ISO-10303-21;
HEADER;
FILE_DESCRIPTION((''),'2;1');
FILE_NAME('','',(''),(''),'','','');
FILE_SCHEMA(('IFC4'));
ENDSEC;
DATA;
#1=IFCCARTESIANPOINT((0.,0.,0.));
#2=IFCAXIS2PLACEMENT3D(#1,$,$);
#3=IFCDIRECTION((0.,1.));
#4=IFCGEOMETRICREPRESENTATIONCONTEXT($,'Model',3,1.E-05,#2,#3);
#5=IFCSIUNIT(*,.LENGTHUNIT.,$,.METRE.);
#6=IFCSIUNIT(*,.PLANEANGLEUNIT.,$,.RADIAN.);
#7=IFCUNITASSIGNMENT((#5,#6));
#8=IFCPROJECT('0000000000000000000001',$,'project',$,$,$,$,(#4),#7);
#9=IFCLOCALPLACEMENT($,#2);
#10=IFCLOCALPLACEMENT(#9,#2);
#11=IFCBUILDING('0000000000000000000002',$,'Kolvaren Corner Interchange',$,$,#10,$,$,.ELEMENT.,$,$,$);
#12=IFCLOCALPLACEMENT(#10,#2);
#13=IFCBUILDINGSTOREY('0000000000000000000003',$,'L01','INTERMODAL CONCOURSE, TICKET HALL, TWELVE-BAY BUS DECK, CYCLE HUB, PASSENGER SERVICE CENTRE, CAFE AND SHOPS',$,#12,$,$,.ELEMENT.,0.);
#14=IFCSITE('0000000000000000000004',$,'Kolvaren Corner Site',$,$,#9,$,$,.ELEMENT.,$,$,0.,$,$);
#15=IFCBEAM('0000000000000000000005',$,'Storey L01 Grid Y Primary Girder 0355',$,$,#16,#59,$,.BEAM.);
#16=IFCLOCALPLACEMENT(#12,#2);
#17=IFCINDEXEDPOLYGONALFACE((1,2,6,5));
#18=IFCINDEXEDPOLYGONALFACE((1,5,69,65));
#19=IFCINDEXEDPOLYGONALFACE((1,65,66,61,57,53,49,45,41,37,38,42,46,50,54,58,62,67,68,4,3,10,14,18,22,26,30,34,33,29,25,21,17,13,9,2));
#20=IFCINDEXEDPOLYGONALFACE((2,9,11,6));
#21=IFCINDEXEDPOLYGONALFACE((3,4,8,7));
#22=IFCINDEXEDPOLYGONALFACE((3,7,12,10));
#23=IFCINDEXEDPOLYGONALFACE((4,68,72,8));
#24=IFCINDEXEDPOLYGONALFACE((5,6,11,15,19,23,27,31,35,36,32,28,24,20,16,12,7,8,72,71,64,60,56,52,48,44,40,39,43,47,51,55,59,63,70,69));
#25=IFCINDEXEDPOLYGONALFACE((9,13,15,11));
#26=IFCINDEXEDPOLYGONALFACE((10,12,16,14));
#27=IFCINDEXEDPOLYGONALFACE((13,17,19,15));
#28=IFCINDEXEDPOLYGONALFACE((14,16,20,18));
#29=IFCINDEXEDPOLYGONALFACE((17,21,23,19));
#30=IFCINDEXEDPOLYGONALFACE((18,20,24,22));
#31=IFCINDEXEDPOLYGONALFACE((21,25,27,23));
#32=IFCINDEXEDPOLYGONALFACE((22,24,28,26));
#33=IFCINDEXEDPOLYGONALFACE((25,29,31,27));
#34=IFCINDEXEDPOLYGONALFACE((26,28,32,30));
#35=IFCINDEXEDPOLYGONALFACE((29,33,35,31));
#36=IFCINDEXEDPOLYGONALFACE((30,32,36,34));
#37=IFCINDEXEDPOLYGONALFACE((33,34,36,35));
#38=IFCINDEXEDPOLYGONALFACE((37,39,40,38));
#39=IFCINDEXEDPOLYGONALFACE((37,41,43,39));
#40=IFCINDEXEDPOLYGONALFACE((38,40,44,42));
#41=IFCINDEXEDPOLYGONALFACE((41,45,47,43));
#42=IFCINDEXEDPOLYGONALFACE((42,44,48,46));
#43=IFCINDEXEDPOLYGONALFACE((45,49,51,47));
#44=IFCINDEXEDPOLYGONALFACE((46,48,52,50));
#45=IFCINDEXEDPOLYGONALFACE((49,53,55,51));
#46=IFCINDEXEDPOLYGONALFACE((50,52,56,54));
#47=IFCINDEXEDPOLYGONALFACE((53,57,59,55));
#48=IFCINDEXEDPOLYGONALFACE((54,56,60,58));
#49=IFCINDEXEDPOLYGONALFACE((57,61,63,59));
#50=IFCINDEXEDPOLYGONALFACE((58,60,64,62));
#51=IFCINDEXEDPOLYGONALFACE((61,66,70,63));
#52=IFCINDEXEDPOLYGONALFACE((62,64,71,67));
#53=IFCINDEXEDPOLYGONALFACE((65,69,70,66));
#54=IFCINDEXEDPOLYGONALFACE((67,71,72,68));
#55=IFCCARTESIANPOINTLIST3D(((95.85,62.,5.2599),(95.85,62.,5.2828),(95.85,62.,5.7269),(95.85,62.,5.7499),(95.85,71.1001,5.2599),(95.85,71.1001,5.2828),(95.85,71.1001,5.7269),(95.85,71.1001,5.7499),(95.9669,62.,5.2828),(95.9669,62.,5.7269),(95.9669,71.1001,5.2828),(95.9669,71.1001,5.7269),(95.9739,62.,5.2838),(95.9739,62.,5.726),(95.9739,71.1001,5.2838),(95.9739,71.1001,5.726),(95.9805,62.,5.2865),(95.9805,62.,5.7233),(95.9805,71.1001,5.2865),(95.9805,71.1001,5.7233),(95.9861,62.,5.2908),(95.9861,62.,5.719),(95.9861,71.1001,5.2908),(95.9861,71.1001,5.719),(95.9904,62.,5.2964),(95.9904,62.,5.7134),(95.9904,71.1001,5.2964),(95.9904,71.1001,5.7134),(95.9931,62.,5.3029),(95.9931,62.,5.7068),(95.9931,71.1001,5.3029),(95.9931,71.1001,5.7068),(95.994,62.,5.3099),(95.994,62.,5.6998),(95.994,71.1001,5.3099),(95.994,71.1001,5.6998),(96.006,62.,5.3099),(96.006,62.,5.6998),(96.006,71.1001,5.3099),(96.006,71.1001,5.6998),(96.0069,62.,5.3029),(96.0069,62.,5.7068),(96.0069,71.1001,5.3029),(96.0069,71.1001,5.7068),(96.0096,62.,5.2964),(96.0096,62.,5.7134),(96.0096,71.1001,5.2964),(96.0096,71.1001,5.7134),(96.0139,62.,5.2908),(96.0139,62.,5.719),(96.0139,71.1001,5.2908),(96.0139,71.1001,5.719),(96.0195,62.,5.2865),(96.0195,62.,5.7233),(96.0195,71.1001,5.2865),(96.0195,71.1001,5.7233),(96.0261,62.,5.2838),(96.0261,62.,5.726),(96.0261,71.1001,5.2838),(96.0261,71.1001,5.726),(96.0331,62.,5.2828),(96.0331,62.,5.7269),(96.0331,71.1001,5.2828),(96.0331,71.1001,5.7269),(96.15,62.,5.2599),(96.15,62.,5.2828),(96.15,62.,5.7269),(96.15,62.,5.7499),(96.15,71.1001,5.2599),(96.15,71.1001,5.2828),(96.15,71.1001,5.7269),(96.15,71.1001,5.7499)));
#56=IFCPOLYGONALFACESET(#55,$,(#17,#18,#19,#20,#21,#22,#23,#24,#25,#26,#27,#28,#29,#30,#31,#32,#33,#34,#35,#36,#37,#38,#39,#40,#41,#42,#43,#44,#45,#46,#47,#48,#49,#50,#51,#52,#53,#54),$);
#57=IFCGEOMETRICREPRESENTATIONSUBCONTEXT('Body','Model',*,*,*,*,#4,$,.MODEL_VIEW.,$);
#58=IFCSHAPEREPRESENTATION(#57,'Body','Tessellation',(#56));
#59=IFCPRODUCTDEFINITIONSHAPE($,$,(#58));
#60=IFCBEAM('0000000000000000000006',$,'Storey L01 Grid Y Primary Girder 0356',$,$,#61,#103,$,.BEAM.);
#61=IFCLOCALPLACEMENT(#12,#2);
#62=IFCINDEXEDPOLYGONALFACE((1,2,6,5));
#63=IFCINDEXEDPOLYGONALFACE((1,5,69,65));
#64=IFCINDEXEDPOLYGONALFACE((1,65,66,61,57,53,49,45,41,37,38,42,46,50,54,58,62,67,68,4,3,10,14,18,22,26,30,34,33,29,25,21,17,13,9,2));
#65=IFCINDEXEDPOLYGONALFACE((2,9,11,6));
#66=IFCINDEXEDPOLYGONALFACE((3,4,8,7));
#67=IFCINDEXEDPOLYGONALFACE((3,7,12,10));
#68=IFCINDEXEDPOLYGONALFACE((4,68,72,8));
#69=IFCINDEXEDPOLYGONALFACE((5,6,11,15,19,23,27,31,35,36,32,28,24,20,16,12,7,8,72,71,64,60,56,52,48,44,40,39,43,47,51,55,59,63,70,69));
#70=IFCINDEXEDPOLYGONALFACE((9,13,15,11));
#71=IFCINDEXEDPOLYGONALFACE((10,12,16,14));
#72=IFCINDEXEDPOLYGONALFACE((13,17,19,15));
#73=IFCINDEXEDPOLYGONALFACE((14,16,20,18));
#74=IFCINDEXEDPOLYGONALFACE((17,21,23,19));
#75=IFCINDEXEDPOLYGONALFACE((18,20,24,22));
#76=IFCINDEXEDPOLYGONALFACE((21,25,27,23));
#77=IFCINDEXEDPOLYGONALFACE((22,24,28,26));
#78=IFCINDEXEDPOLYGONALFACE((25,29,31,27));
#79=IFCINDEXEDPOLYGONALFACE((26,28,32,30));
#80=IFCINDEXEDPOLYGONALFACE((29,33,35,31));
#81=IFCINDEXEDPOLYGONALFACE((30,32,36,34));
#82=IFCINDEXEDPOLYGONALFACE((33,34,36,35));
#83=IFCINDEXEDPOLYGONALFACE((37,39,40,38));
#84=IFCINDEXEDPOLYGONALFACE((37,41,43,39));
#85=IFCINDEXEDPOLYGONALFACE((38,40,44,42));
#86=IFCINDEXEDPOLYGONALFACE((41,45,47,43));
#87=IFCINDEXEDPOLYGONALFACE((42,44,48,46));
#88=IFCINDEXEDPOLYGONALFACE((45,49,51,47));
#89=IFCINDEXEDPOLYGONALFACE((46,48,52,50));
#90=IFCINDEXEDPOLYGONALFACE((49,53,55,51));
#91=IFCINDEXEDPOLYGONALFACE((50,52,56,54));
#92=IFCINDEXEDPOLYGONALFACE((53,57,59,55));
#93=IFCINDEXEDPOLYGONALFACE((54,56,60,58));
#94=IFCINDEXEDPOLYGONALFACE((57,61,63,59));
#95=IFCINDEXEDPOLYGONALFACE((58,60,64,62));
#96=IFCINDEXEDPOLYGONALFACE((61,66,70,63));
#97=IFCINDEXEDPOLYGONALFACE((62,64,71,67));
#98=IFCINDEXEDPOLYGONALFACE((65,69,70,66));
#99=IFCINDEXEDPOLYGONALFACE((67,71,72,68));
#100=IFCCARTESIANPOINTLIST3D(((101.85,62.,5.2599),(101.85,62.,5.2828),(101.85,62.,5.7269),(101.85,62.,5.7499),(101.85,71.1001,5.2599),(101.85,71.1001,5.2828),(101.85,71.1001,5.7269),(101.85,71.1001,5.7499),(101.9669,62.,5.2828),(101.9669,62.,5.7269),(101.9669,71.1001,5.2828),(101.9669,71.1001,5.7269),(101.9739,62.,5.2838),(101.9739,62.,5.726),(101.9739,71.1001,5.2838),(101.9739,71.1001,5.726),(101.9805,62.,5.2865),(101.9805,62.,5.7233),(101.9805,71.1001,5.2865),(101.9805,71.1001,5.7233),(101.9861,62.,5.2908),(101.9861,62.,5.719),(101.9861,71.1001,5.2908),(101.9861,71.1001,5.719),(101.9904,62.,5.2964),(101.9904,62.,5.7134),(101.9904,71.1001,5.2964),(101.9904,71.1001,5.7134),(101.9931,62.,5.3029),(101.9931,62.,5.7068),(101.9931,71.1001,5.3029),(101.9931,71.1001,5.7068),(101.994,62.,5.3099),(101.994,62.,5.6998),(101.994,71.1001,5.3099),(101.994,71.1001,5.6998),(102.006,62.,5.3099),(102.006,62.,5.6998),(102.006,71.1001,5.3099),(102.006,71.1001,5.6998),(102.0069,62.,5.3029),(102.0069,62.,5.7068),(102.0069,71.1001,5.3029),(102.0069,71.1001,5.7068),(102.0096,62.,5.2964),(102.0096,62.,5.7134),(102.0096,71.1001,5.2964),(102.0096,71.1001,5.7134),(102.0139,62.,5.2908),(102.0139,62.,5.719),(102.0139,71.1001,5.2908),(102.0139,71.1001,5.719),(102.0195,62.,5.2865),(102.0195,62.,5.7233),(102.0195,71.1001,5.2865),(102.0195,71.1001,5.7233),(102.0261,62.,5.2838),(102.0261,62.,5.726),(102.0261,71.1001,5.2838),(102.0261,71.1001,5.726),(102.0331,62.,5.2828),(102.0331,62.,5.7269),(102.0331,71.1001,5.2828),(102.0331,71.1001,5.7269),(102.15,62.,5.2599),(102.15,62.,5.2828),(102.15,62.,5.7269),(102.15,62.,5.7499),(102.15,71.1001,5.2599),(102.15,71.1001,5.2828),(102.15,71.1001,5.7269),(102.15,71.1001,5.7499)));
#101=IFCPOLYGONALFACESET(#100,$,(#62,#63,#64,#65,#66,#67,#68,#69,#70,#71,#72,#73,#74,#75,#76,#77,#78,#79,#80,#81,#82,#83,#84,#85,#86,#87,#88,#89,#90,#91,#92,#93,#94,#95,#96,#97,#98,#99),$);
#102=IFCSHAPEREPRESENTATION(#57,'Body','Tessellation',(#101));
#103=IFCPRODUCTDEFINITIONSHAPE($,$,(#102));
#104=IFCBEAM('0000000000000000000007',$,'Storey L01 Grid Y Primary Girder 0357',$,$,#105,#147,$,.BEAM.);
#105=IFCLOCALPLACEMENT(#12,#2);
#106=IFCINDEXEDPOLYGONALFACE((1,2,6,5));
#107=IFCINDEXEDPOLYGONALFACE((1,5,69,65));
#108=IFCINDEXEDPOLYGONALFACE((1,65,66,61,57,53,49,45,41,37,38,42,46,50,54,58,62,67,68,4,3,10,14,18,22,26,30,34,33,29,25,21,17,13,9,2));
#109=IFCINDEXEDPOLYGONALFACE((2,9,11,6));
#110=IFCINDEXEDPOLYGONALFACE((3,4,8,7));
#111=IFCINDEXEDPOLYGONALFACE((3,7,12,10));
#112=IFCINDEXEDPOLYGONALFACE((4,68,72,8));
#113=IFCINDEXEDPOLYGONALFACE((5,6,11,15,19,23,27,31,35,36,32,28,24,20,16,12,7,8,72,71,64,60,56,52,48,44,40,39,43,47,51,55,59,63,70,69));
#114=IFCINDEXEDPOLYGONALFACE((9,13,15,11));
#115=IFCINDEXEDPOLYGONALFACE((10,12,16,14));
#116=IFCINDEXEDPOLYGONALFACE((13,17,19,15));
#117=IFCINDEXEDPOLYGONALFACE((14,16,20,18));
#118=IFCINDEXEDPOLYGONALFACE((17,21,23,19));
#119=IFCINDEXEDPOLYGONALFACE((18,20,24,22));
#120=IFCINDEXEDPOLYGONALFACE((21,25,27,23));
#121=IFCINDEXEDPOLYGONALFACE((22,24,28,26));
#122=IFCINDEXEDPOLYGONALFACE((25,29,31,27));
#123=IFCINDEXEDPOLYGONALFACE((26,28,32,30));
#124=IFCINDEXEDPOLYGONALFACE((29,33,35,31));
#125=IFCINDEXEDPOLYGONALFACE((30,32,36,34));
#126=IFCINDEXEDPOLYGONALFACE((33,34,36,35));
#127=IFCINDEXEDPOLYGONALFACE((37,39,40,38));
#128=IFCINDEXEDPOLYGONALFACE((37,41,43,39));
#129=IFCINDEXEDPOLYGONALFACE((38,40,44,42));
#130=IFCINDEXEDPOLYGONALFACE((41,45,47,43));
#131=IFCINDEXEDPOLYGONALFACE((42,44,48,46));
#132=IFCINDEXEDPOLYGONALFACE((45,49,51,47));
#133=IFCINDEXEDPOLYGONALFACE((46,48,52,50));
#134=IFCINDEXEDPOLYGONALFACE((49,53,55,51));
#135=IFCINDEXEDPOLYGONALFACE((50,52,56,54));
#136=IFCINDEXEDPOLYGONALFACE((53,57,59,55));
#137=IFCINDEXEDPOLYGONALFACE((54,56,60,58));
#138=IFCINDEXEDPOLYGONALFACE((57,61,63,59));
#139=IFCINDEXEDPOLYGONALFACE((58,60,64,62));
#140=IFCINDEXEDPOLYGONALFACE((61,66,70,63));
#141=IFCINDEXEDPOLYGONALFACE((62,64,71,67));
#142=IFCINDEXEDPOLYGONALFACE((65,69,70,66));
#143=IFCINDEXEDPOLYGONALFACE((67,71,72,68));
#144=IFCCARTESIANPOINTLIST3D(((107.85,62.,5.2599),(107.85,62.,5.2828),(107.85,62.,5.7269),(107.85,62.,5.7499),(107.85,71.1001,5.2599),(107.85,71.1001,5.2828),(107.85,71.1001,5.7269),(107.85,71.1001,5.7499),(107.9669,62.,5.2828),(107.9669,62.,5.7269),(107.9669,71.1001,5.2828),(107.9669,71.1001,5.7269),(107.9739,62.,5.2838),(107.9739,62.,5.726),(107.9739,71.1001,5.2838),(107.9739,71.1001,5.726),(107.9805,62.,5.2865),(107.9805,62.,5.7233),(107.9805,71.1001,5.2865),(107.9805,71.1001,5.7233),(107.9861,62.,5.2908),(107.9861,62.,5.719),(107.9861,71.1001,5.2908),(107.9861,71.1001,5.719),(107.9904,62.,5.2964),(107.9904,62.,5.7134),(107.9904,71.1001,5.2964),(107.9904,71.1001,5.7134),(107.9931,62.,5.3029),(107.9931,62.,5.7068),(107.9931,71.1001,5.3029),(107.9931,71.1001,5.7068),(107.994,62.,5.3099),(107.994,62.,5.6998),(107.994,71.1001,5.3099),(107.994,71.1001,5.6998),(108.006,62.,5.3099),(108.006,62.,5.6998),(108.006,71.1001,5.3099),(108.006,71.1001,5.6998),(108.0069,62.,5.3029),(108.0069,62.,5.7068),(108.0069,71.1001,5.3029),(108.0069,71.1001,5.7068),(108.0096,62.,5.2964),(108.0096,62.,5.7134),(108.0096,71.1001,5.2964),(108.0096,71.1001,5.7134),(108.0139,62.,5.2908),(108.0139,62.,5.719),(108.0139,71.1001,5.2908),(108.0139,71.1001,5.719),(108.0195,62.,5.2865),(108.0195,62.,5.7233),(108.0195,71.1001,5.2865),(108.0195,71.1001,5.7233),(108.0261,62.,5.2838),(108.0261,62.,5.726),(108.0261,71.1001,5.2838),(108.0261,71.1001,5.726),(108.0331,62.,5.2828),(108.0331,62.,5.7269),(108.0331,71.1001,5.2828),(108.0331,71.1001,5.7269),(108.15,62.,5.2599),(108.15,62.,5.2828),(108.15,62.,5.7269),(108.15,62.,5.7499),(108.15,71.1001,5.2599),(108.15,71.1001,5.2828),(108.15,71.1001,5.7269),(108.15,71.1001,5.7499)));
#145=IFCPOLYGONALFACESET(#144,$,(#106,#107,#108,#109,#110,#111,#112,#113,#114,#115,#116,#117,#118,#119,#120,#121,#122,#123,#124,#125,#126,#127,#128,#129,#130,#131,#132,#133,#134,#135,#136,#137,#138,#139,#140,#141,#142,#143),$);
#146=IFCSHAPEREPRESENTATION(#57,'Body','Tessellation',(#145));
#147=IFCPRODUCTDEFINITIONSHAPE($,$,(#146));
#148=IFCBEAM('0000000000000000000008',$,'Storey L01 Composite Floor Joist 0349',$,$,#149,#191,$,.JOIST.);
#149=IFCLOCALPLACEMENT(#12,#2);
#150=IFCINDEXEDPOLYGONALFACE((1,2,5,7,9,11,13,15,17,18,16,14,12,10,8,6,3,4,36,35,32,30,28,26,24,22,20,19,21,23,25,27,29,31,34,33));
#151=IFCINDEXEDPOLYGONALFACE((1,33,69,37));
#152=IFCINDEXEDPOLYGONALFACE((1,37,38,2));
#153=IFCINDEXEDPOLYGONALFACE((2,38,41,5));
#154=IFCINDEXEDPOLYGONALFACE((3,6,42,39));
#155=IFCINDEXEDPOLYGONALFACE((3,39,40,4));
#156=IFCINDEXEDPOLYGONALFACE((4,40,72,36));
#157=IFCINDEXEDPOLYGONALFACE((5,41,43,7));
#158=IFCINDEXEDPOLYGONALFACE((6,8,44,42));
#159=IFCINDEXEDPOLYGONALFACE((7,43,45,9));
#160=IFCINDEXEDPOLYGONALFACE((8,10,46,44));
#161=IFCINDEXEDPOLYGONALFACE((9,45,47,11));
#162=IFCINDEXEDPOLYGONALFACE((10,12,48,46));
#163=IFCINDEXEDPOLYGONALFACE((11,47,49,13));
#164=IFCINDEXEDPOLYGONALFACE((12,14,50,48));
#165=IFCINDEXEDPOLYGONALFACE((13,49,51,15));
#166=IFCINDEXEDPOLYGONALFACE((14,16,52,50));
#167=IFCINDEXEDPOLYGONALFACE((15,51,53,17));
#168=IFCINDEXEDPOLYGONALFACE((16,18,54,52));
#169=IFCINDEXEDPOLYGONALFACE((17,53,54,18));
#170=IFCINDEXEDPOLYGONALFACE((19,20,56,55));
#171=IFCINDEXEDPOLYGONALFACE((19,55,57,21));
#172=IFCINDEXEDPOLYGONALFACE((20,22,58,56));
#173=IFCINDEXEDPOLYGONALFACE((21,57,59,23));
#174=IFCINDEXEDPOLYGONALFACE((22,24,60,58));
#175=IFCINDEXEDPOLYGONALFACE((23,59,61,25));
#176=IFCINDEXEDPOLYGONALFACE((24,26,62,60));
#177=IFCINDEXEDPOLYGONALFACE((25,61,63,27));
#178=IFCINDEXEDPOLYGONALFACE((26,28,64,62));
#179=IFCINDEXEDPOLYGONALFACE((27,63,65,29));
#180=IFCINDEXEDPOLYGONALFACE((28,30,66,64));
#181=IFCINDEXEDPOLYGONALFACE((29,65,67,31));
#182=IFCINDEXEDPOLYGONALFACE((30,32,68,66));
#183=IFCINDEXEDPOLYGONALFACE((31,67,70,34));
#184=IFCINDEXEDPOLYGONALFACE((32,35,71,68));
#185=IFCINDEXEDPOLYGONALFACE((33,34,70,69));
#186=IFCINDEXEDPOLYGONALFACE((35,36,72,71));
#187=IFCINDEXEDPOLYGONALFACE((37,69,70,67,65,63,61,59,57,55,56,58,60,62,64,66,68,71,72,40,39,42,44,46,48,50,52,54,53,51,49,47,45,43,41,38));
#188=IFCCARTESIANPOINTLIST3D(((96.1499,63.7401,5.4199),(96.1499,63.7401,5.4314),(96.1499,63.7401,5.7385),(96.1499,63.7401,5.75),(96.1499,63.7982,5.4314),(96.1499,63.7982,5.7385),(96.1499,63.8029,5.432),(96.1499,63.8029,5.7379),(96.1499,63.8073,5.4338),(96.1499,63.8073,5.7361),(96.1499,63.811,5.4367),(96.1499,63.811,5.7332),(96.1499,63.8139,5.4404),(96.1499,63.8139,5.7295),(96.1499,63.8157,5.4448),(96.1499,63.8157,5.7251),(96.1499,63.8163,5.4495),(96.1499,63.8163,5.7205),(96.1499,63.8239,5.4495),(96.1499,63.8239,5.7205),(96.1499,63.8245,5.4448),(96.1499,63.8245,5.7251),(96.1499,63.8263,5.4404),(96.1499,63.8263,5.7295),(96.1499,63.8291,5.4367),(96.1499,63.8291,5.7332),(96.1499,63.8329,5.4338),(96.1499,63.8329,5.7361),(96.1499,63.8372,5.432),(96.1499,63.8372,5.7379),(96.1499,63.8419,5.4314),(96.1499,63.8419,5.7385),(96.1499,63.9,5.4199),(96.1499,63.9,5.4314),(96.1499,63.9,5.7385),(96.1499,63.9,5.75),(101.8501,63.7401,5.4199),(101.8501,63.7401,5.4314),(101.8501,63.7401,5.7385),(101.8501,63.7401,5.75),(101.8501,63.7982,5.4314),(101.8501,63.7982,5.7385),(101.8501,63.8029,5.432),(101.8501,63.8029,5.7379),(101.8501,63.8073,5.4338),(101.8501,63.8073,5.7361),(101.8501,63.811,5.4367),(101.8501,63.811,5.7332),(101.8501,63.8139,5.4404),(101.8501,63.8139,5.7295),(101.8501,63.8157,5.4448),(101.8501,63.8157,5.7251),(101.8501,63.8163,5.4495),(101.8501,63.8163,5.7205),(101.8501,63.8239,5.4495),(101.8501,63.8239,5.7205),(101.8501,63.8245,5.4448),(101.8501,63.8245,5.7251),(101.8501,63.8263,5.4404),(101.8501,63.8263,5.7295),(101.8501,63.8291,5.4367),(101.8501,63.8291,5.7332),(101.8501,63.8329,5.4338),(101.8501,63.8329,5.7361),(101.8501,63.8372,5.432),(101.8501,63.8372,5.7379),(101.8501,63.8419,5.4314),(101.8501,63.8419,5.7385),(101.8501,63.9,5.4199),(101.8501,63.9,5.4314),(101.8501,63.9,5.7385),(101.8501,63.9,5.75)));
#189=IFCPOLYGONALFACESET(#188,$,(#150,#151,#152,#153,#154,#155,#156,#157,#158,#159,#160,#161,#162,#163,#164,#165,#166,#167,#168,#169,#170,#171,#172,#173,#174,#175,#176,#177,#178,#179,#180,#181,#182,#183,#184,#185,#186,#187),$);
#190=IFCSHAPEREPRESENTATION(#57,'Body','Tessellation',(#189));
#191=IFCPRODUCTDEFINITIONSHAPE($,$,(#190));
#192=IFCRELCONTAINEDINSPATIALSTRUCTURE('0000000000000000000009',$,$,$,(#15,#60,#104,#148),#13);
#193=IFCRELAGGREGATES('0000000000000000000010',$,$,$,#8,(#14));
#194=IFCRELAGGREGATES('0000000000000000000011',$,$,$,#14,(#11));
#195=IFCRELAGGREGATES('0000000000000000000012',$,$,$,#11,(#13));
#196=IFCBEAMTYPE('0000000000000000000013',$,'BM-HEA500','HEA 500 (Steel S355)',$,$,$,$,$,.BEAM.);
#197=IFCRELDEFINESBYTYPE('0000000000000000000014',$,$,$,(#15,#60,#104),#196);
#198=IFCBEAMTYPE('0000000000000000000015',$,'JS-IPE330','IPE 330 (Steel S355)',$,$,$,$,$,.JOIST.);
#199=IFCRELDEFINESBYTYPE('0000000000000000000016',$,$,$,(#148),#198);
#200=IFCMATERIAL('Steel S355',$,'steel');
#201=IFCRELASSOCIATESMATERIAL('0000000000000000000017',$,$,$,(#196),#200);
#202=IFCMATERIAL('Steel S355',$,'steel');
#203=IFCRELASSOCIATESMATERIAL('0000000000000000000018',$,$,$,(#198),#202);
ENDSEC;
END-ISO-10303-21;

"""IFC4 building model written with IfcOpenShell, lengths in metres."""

from ifc_helpers import new_model, si_unit, direction, frame, origin, origin_2d, place, context, subcontext, project, spatial, i_section, extrude, material, material_profile, profile_set, type_object, element, save


model = new_model("IFC4")

# Units and contexts
model_context = context("Model", 3, precision=1e-05, world=origin(), true_north=direction((0.0, 1.0)))
body_context = subcontext(model_context, "Body", "Model", "MODEL_VIEW")
ifc_project = project(units=[si_unit("LENGTHUNIT", "METRE"), si_unit("PLANEANGLEUNIT", "RADIAN")], contexts=[model_context])

# Site, building, storey
site_placement = place(None, origin())
site = spatial("IfcSite", under=ifc_project, at=site_placement, Name="Kolvaren Corner Site", CompositionType="ELEMENT", RefElevation=0.0)
building_placement = place(site_placement, origin())
building = spatial("IfcBuilding", under=site, at=building_placement, Name="Kolvaren Corner Interchange", CompositionType="ELEMENT")
storey_placement = place(building_placement, origin())
storey = spatial("IfcBuildingStorey", under=building, at=storey_placement, Name="L01", Description="INTERMODAL CONCOURSE, TICKET HALL, TWELVE-BAY BUS DECK, CYCLE HUB, PASSENGER SERVICE CENTRE, CAFE AND SHOPS", CompositionType="ELEMENT", Elevation=0.0)

# Beams
ifc_material_1 = material(Name="Steel S355", Category="steel")
ifc_material_profile_1 = material_profile(ifc_material_1, i_section(OverallWidth=0.3, OverallDepth=0.49, WebThickness=0.012, FlangeThickness=0.0229, FilletRadius=0.0271, at=origin_2d()), Name="HEA 500")
ifc_profile_set_1 = profile_set([ifc_material_profile_1], Name="Steel S355")
beam_type_1 = type_object("IfcBeamType", Name="BM-HEA500", Description="HEA 500 (Steel S355)", PredefinedType="BEAM", material=ifc_profile_set_1)
for number, where, z_axis, x_axis, name in (
    (1, (96.0, 62.0, 5.5049), (0.0, 1.0, 0.0), (-1.0, 0.0, 0.0), "Storey L01 Grid Y Primary Girder 0355"),
    (2, (102.0, 62.0, 5.5049), (0.0, 1.0, 0.0), (-1.0, 0.0, 0.0), "Storey L01 Grid Y Primary Girder 0356"),
    (3, (108.0, 62.0, 5.5049), (0.0, 1.0, 0.0), (-1.0, 0.0, 0.0), "Storey L01 Grid Y Primary Girder 0357"),
):
    element("IfcBeam", number, at=place(storey_placement, frame(where, z_axis=z_axis, x_axis=x_axis)), inside=storey, type_object=beam_type_1, Name=name, PredefinedType="BEAM", context=body_context, shape_type="SweptSolid", body=[
        extrude(i_section(OverallWidth=0.3, OverallDepth=0.49, WebThickness=0.012, FlangeThickness=0.0229, FilletRadius=0.0271, at=origin_2d()), origin(), (0.0, 0.0, 1.0), 9.1001),
    ])
ifc_material_2 = material(Name="Steel S355", Category="steel")
ifc_material_profile_2 = material_profile(ifc_material_2, i_section(OverallWidth=0.1599, OverallDepth=0.3301, WebThickness=0.0076, FlangeThickness=0.0115, FilletRadius=0.0181, at=origin_2d()), Name="IPE 330")
ifc_profile_set_2 = profile_set([ifc_material_profile_2], Name="Steel S355")
beam_type_2 = type_object("IfcBeamType", Name="JS-IPE330", Description="IPE 330 (Steel S355)", PredefinedType="JOIST", material=ifc_profile_set_2)
for number, where, z_axis, x_axis, name in (
    (4, (96.1499, 63.8201, 5.585), (1.0, 0.0, 0.0), (0.0, 1.0, 0.0), "Storey L01 Composite Floor Joist 0349"),
):
    element("IfcBeam", number, at=place(storey_placement, frame(where, z_axis=z_axis, x_axis=x_axis)), inside=storey, type_object=beam_type_2, Name=name, PredefinedType="JOIST", context=body_context, shape_type="SweptSolid", body=[
        extrude(i_section(OverallWidth=0.1599, OverallDepth=0.3301, WebThickness=0.0076, FlangeThickness=0.0115, FilletRadius=0.0181, at=origin_2d()), origin(), (0.0, 0.0, 1.0), 5.7002),
    ])

save(model, "model.ifc")
